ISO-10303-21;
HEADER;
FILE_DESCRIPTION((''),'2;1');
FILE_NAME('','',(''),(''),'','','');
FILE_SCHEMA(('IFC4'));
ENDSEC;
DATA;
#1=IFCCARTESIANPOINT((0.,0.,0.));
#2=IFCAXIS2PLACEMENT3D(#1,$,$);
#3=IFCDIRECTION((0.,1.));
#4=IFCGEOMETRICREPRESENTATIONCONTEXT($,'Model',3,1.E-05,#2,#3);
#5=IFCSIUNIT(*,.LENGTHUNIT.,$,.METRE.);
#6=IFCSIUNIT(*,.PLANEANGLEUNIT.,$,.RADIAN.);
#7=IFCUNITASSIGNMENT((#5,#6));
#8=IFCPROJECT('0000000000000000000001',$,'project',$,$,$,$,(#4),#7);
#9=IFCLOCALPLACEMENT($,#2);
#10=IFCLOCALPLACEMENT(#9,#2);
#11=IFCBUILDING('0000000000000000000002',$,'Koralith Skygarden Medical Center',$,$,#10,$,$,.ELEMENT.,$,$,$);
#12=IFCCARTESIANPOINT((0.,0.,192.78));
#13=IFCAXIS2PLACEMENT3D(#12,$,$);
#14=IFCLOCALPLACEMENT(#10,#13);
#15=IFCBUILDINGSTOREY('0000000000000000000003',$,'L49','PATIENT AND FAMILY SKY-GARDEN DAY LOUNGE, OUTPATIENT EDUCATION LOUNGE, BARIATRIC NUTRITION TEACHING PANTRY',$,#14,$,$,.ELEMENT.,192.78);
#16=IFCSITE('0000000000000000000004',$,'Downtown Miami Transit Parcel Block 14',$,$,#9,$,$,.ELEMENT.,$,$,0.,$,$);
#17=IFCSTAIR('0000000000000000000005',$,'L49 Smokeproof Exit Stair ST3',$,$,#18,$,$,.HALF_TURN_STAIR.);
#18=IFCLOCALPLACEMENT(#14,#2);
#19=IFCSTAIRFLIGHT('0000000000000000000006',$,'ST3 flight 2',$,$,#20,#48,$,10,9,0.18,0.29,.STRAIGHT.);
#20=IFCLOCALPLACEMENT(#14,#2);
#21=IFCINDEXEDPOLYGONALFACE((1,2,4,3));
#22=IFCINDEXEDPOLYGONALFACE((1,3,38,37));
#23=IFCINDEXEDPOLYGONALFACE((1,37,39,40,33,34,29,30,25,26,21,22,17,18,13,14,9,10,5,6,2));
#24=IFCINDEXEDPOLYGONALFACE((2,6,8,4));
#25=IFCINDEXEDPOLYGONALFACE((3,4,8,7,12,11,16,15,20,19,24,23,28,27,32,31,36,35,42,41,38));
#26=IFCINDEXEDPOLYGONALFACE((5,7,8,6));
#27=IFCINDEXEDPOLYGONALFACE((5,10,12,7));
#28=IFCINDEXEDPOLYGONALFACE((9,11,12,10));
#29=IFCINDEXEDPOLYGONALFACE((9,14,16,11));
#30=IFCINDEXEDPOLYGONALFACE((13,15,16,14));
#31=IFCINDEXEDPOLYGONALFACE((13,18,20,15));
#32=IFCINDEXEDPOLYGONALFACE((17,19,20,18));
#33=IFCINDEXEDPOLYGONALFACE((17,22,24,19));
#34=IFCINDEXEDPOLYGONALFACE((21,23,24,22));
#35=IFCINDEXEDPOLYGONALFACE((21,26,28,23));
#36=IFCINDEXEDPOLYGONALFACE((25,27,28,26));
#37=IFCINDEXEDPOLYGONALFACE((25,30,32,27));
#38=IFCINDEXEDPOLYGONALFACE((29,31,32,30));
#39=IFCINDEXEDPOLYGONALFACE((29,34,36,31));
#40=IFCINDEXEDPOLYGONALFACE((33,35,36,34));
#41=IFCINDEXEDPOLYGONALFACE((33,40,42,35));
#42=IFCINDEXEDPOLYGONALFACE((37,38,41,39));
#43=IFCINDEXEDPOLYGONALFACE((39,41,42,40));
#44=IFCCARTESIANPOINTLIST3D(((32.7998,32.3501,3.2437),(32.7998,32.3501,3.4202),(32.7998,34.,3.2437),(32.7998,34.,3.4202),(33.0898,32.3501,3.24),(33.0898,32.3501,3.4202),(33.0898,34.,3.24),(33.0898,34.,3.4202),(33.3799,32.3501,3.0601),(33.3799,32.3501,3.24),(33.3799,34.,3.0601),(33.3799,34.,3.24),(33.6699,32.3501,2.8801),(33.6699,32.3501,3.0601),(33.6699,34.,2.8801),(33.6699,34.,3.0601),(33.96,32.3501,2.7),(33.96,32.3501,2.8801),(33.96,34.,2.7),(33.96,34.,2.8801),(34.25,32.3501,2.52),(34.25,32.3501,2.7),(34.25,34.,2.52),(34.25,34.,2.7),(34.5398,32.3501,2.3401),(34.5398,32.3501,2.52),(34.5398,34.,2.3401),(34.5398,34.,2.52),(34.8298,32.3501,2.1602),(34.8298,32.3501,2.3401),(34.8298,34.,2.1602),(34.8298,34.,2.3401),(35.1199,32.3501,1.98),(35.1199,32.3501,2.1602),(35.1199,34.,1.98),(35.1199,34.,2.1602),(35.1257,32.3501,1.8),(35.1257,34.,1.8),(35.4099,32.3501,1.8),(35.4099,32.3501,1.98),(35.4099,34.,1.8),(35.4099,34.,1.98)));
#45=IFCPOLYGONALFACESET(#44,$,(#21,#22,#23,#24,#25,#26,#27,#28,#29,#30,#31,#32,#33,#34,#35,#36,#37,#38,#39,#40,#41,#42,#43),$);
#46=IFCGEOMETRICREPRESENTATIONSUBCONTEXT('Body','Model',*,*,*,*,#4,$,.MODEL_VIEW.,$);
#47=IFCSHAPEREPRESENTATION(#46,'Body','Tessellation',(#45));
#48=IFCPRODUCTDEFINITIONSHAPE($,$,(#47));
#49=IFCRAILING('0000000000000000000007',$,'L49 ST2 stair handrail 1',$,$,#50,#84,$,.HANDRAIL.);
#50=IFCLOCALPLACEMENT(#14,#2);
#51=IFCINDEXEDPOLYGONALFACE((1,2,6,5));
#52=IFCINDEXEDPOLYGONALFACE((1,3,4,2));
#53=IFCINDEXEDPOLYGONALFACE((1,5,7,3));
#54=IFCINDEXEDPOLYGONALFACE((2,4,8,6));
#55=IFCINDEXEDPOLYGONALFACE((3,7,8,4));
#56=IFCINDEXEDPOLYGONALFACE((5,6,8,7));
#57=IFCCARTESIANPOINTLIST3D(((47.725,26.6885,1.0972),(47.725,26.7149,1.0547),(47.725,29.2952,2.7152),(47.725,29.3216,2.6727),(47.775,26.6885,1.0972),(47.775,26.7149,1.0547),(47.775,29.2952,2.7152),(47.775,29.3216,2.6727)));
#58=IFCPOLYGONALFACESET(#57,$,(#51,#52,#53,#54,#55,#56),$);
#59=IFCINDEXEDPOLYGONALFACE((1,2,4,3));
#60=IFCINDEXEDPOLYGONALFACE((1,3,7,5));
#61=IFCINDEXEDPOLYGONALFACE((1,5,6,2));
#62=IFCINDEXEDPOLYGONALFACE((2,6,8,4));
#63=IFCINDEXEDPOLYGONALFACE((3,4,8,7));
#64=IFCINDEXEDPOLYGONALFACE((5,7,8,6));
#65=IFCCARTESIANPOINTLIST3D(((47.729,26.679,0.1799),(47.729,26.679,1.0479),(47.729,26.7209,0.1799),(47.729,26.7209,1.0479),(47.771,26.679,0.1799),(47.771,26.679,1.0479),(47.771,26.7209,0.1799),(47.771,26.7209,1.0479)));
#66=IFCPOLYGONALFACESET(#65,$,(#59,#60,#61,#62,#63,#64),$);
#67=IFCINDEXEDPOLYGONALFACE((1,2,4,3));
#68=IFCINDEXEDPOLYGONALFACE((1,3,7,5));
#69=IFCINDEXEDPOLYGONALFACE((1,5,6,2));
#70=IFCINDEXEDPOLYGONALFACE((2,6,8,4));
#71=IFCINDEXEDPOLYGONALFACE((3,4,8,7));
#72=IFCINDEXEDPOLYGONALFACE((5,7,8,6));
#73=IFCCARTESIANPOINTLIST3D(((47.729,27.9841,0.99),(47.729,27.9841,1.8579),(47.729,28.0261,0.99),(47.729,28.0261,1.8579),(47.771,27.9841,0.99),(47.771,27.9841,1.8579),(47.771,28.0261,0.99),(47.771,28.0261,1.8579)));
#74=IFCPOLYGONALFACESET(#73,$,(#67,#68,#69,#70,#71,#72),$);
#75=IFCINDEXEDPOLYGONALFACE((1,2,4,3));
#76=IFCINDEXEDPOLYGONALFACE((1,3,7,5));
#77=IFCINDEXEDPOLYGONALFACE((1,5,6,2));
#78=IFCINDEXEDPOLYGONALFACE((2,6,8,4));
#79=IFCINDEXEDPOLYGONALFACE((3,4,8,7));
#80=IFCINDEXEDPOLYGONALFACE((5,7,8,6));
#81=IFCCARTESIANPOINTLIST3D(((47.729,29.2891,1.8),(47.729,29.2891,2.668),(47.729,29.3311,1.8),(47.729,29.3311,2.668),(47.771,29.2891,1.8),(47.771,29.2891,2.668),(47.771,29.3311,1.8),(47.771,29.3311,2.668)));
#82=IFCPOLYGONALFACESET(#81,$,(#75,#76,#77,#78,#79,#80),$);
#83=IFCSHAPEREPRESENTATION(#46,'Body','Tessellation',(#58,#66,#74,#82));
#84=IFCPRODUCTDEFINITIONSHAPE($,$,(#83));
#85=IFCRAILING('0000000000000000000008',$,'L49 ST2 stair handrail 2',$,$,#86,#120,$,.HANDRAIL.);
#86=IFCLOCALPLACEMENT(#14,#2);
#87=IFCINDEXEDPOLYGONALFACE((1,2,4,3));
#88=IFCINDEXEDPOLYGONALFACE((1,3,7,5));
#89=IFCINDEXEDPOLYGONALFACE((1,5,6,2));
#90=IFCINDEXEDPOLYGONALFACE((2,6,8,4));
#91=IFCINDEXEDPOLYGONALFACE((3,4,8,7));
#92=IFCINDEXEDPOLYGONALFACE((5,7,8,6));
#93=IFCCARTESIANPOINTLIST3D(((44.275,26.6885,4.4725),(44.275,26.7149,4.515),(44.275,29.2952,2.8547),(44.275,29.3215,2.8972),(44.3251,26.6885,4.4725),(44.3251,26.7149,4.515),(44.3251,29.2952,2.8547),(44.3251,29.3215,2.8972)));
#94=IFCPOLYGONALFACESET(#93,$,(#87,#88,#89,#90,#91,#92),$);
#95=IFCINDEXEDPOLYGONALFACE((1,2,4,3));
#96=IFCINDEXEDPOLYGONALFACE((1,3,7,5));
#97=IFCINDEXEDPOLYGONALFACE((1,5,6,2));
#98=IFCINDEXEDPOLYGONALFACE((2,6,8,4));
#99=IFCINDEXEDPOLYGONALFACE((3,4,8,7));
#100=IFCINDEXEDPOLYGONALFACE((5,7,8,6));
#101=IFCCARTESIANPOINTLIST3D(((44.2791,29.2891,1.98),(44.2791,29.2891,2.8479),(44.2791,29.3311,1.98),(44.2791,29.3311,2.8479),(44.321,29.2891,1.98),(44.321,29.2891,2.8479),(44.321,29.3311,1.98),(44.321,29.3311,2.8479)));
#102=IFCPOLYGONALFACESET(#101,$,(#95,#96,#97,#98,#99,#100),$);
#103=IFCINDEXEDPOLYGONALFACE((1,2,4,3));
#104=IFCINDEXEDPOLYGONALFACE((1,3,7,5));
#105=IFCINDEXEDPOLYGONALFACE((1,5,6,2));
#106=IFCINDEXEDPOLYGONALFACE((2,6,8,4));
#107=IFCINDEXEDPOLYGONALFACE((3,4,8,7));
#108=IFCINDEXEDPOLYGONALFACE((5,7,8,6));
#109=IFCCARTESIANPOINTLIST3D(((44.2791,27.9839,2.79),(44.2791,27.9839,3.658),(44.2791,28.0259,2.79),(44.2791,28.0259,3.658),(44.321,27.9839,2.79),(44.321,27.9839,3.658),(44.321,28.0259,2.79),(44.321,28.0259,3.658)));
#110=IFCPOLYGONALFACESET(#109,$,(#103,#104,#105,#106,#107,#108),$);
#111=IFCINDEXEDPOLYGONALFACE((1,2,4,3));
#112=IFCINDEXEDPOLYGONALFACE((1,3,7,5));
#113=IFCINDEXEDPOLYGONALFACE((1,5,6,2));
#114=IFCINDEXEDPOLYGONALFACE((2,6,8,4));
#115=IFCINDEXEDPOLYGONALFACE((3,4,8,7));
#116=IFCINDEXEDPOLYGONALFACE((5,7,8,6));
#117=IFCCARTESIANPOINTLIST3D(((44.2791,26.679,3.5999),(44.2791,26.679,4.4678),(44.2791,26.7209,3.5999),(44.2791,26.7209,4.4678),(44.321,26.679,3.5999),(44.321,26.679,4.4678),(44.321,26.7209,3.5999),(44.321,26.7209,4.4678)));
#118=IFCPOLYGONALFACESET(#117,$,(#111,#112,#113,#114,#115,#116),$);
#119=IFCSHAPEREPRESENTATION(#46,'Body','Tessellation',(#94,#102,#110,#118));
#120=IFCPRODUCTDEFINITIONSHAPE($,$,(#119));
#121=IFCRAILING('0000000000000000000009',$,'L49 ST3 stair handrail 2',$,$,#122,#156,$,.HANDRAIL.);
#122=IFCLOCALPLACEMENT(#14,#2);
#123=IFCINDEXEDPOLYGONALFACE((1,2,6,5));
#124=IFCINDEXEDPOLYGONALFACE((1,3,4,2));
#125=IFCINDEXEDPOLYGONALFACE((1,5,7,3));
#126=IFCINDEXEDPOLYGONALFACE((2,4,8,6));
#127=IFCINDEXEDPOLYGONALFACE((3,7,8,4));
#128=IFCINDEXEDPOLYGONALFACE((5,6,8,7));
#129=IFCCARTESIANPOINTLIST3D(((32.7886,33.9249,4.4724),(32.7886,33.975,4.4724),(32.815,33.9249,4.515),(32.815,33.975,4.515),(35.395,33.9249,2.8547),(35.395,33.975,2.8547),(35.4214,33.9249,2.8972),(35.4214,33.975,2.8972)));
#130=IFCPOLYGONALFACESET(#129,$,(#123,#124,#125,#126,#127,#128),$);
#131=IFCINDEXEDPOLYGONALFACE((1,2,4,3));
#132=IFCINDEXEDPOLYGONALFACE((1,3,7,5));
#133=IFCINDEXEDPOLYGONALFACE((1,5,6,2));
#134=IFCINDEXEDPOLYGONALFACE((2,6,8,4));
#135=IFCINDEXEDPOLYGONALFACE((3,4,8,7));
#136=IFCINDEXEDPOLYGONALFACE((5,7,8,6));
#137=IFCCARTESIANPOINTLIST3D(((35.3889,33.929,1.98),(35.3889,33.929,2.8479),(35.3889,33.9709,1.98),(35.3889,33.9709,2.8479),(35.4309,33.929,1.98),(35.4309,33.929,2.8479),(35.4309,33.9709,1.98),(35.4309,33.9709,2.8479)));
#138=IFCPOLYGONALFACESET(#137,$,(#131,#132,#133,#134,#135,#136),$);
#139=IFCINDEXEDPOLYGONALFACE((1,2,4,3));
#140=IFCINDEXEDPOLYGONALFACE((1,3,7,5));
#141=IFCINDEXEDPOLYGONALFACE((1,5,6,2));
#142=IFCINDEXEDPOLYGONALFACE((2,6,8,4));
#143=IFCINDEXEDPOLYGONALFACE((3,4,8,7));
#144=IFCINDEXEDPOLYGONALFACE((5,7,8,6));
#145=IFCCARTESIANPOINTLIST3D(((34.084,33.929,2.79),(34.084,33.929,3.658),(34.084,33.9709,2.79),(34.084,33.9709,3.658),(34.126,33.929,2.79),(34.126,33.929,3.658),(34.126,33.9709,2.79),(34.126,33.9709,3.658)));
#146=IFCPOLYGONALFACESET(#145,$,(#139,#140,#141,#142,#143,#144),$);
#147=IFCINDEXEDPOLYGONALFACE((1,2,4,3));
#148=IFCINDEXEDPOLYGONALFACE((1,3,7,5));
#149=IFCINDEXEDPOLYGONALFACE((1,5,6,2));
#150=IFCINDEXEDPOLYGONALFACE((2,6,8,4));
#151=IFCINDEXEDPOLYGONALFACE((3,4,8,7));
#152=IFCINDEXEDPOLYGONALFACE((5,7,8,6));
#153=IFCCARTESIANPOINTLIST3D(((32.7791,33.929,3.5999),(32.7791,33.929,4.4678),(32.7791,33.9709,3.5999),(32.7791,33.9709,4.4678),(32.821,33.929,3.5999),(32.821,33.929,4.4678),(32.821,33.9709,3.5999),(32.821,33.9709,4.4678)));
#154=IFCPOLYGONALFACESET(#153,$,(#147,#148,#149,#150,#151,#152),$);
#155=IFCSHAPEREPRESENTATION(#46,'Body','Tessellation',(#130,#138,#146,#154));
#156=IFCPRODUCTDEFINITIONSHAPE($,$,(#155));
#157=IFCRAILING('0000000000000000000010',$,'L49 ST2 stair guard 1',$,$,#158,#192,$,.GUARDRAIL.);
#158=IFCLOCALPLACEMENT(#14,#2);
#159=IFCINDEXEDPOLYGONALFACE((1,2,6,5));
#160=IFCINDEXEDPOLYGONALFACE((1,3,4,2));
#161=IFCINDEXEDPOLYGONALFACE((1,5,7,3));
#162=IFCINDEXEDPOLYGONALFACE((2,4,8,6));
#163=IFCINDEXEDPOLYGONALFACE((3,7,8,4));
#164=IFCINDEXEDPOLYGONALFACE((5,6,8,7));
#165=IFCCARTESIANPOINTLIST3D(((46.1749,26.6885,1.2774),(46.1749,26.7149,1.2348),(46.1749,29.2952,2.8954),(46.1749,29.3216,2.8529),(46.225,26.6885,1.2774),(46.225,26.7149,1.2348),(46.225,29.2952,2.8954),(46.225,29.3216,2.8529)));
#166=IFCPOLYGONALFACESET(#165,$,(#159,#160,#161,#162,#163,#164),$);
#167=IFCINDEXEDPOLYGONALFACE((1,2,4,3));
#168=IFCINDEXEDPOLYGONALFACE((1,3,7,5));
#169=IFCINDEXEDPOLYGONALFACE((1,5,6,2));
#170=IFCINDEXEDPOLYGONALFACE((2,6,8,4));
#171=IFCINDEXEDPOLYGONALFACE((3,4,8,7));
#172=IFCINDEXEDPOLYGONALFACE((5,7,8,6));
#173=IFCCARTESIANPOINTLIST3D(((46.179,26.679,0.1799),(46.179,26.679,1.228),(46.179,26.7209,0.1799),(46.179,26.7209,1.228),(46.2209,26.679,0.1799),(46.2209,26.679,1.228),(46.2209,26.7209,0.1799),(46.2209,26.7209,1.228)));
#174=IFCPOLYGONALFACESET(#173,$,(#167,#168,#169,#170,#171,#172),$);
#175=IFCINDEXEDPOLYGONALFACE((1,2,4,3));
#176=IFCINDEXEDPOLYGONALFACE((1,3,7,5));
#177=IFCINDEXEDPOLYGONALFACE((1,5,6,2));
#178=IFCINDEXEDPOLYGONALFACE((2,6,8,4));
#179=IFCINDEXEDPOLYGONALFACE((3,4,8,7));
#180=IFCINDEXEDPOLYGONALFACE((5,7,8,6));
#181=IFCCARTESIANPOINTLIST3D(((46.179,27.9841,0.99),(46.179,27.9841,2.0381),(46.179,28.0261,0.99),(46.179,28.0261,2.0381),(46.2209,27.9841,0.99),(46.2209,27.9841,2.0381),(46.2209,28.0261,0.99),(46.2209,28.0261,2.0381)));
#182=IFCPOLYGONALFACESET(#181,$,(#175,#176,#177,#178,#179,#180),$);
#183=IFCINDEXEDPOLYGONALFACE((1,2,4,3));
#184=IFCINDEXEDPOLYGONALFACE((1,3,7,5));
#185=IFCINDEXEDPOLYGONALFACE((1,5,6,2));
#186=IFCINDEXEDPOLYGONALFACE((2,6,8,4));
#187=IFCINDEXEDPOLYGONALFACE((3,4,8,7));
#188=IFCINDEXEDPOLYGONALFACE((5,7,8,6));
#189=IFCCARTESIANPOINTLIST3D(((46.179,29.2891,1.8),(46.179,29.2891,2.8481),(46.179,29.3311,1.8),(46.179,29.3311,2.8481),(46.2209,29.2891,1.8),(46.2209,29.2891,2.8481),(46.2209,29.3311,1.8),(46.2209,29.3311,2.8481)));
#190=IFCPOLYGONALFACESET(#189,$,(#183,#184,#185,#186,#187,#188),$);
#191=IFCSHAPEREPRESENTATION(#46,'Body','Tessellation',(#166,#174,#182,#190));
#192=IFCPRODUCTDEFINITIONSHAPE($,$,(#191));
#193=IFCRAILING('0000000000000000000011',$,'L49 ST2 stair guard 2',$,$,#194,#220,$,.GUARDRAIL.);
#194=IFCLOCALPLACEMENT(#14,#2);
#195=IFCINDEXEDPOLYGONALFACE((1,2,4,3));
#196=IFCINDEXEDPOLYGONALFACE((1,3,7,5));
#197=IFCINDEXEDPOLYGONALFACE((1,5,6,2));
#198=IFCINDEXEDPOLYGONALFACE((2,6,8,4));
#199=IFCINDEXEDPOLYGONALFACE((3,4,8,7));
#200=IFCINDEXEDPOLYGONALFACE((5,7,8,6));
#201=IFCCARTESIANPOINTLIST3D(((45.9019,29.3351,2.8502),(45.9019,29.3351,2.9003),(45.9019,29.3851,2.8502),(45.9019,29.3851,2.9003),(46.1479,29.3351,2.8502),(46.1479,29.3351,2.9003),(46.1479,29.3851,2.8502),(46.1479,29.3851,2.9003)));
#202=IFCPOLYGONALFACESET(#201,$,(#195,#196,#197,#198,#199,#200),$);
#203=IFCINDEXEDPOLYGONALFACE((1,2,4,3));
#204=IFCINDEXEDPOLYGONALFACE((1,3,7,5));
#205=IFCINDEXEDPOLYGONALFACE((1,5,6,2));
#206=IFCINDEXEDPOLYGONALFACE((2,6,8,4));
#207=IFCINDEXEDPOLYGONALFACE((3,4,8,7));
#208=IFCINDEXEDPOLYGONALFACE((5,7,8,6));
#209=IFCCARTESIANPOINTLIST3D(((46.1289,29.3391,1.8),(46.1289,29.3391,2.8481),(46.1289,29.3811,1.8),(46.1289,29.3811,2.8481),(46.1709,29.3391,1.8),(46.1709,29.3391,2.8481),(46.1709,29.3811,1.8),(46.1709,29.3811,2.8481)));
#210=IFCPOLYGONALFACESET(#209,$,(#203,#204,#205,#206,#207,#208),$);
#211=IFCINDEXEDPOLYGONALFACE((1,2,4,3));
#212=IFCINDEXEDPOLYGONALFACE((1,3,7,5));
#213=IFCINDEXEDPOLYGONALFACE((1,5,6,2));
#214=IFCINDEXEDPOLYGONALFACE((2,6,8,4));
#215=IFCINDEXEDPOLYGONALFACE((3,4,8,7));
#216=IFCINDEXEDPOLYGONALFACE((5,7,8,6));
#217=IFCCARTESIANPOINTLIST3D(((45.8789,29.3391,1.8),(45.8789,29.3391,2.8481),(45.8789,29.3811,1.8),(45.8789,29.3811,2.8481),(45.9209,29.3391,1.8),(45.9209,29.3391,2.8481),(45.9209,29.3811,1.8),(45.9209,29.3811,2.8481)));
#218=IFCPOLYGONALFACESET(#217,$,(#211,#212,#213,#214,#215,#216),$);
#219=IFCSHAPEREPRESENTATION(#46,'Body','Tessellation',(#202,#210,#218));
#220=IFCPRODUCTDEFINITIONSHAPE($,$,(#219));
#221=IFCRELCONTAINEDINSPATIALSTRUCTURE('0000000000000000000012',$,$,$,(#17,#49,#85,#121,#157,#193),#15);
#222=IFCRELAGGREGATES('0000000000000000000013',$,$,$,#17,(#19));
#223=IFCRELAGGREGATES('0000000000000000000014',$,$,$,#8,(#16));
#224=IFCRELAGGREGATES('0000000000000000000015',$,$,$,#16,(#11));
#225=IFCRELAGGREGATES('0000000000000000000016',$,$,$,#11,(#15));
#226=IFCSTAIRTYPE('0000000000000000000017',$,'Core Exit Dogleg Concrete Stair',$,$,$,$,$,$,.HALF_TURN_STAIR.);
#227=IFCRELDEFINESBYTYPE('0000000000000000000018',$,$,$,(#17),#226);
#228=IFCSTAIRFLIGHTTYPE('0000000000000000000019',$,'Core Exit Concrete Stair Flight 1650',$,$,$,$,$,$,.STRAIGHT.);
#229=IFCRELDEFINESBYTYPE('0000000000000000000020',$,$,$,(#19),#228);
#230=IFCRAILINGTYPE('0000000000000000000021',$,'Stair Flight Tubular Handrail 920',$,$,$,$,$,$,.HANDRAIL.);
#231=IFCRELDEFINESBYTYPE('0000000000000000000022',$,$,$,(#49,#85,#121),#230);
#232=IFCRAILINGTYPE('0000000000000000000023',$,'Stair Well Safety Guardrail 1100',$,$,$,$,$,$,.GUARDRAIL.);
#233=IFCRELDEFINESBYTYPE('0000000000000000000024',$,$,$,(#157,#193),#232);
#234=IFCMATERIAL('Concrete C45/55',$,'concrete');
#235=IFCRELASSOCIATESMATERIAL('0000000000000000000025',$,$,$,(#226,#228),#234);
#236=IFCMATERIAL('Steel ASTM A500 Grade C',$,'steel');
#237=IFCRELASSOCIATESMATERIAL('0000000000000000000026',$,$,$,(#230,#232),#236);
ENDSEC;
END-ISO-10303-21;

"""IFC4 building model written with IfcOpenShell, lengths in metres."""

from ifc_helpers import new_model, si_unit, direction, frame, origin, origin_2d, place, context, subcontext, project, spatial, polyline, rectangle, outline, extrude, material, type_object, element, aggregate, save


model = new_model("IFC4")

# Units and contexts
model_context = context("Model", 3, precision=1e-05, world=origin(), true_north=direction((0.0, 1.0)))
body_context = subcontext(model_context, "Body", "Model", "MODEL_VIEW")
ifc_project = project(units=[si_unit("LENGTHUNIT", "METRE"), si_unit("PLANEANGLEUNIT", "RADIAN")], contexts=[model_context])

# Site, building, storey
site_placement = place(None, origin())
site = spatial("IfcSite", under=ifc_project, at=site_placement, Name="Downtown Miami Transit Parcel Block 14", CompositionType="ELEMENT", RefElevation=0.0)
building_placement = place(site_placement, origin())
building = spatial("IfcBuilding", under=site, at=building_placement, Name="Koralith Skygarden Medical Center", CompositionType="ELEMENT")
storey_placement = place(building_placement, frame((0.0, 0.0, 192.78)))
storey = spatial("IfcBuildingStorey", under=building, at=storey_placement, Name="L49", Description="PATIENT AND FAMILY SKY-GARDEN DAY LOUNGE, OUTPATIENT EDUCATION LOUNGE, BARIATRIC NUTRITION TEACHING PANTRY", CompositionType="ELEMENT", Elevation=192.78)

# Shared definitions
ifc_material_1 = material(Name="Concrete C45/55", Category="concrete")

# Shared definitions
ifc_material_2 = material(Name="Steel ASTM A500 Grade C", Category="steel")

# Shared definitions
stair_type = type_object("IfcStairType", Name="Core Exit Dogleg Concrete Stair", PredefinedType="HALF_TURN_STAIR", material=ifc_material_1)
stair_flight_type = type_object("IfcStairFlightType", Name="Core Exit Concrete Stair Flight 1650", PredefinedType="STRAIGHT", material=ifc_material_1)

# Stair, stair flight
stair_1_placement = place(storey_placement, origin())
stair_1 = element("IfcStair", 1, at=stair_1_placement, inside=storey, type_object=stair_type, Name="L49 Smokeproof Exit Stair ST3", PredefinedType="HALF_TURN_STAIR")
stair_flight_1_placement = place(storey_placement, frame((35.4099, 33.175, 1.8), z_axis=(0.0, 0.0, 1.0), x_axis=(-1.0, 0.0, 0.0)))
stair_flight_1 = element("IfcStairFlight", 2, at=stair_flight_1_placement, type_object=stair_flight_type, Name="ST3 flight 2", NumberOfRisers=10, NumberOfTreads=9, PredefinedType="STRAIGHT", RiserHeight=0.18, TreadLength=0.29, context=body_context, shape_type="SweptSolid", body=[
    extrude(outline(polyline([(0.0, 0.0), (0.0, 0.1799), (0.29, 0.1799), (0.29, 0.3601), (0.5801, 0.3601), (0.5801, 0.54), (0.8701, 0.54), (0.8701, 0.72), (1.1599, 0.72), (1.1599, 0.8999), (1.45, 0.8999), (1.45, 1.0801), (1.74, 1.0801), (1.74, 1.26), (2.03, 1.26), (2.03, 1.4399), (2.3201, 1.4399), (2.3201, 1.6201), (2.6101, 1.6201), (2.6101, 1.8), (2.6101, 1.4436), (0.2842, 0.0), (0.0, 0.0)])), frame((0.0, 0.825, 0.0), z_axis=(0.0, -1.0, 0.0), x_axis=(1.0, 0.0, 0.0)), (0.0, 0.0, 1.0), 1.6499),
])
aggregate(stair_1, [stair_flight_1])

# Railings
railing_type_1 = type_object("IfcRailingType", Name="Stair Flight Tubular Handrail 920", PredefinedType="HANDRAIL", material=ifc_material_2)
railing_1_placement = place(storey_placement, frame((47.75, 26.7, 0.1799)))
element("IfcRailing", 3, at=railing_1_placement, inside=storey, type_object=railing_type_1, Name="L49 ST2 stair handrail 1", PredefinedType="HANDRAIL", context=body_context, shape_type="SweptSolid", body=[
    extrude(rectangle(XDim=0.05, YDim=0.05, at=origin_2d()), frame((0.0, 0.0017, 0.896), z_axis=(0.0, 0.849633, 0.527375), x_axis=(-1.0, 0.0, 0.0)), (0.0, 0.0, 1.0), 3.0681),
    extrude(rectangle(XDim=0.042, YDim=0.042, at=origin_2d()), origin(), (0.0, 0.0, 1.0), 0.8679),
    extrude(rectangle(XDim=0.042, YDim=0.042, at=origin_2d()), frame((0.0, 1.3052, 0.8101)), (0.0, 0.0, 1.0), 0.8679),
    extrude(rectangle(XDim=0.042, YDim=0.042, at=origin_2d()), frame((0.0, 2.6101, 1.6201)), (0.0, 0.0, 1.0), 0.8679),
])
railing_2_placement = place(storey_placement, frame((44.3, 29.3101, 1.98)))
element("IfcRailing", 4, at=railing_2_placement, inside=storey, type_object=railing_type_1, Name="L49 ST2 stair handrail 2", PredefinedType="HANDRAIL", context=body_context, shape_type="SweptSolid", body=[
    extrude(rectangle(XDim=0.05, YDim=0.05, at=origin_2d()), frame((0.0, -0.0017, 0.896), z_axis=(0.0, -0.849668, 0.527317), x_axis=(1.0, 0.0, 0.0)), (0.0, 0.0, 1.0), 3.0679),
    extrude(rectangle(XDim=0.042, YDim=0.042, at=origin_2d()), origin(), (0.0, 0.0, 1.0), 0.8679),
    extrude(rectangle(XDim=0.042, YDim=0.042, at=origin_2d()), frame((0.0, -1.3052, 0.8101)), (0.0, 0.0, 1.0), 0.8679),
    extrude(rectangle(XDim=0.042, YDim=0.042, at=origin_2d()), frame((0.0, -2.6101, 1.6199)), (0.0, 0.0, 1.0), 0.8679),
])
railing_3_placement = place(storey_placement, frame((35.4099, 33.95, 1.98)))
element("IfcRailing", 5, at=railing_3_placement, inside=storey, type_object=railing_type_1, Name="L49 ST3 stair handrail 2", PredefinedType="HANDRAIL", context=body_context, shape_type="SweptSolid", body=[
    extrude(rectangle(XDim=0.05, YDim=0.05, at=origin_2d()), frame((-0.0017, 0.0, 0.896), z_axis=(-0.849646, 0.0, 0.527353), x_axis=(0.0, -1.0, 0.0)), (0.0, 0.0, 1.0), 3.0676),
    extrude(rectangle(XDim=0.042, YDim=0.042, at=origin_2d()), origin(), (0.0, 0.0, 1.0), 0.8679),
    extrude(rectangle(XDim=0.042, YDim=0.042, at=origin_2d()), frame((-1.3049, 0.0, 0.8101)), (0.0, 0.0, 1.0), 0.8679),
    extrude(rectangle(XDim=0.042, YDim=0.042, at=origin_2d()), frame((-2.6099, 0.0, 1.6199)), (0.0, 0.0, 1.0), 0.8679),
])
railing_type_2 = type_object("IfcRailingType", Name="Stair Well Safety Guardrail 1100", PredefinedType="GUARDRAIL", material=ifc_material_2)
railing_4_placement = place(storey_placement, frame((46.2, 26.7, 0.1799)))
element("IfcRailing", 6, at=railing_4_placement, inside=storey, type_object=railing_type_2, Name="L49 ST2 stair guard 1", PredefinedType="GUARDRAIL", context=body_context, shape_type="SweptSolid", body=[
    extrude(rectangle(XDim=0.05, YDim=0.05, at=origin_2d()), frame((0.0, 0.0017, 1.0762), z_axis=(0.0, 0.849633, 0.527375), x_axis=(-1.0, 0.0, 0.0)), (0.0, 0.0, 1.0), 3.0681),
    extrude(rectangle(XDim=0.042, YDim=0.042, at=origin_2d()), origin(), (0.0, 0.0, 1.0), 1.0481),
    extrude(rectangle(XDim=0.042, YDim=0.042, at=origin_2d()), frame((0.0, 1.3052, 0.8101)), (0.0, 0.0, 1.0), 1.0481),
    extrude(rectangle(XDim=0.042, YDim=0.042, at=origin_2d()), frame((0.0, 2.6101, 1.6201)), (0.0, 0.0, 1.0), 1.0481),
])
railing_5_placement = place(storey_placement, frame((46.1499, 29.3601, 1.8)))
element("IfcRailing", 7, at=railing_5_placement, inside=storey, type_object=railing_type_2, Name="L49 ST2 stair guard 2", PredefinedType="GUARDRAIL", context=body_context, shape_type="SweptSolid", body=[
    extrude(rectangle(XDim=0.05, YDim=0.05, at=origin_2d()), frame((-0.002, 0.0, 1.0752), z_axis=(-1.0, 0.0, 0.0), x_axis=(0.0, -1.0, 0.0)), (0.0, 0.0, 1.0), 0.2461),
    extrude(rectangle(XDim=0.042, YDim=0.042, at=origin_2d()), origin(), (0.0, 0.0, 1.0), 1.0481),
    extrude(rectangle(XDim=0.042, YDim=0.042, at=origin_2d()), frame((-0.25, 0.0, 0.0)), (0.0, 0.0, 1.0), 1.0481),
])

save(model, "model.ifc")
